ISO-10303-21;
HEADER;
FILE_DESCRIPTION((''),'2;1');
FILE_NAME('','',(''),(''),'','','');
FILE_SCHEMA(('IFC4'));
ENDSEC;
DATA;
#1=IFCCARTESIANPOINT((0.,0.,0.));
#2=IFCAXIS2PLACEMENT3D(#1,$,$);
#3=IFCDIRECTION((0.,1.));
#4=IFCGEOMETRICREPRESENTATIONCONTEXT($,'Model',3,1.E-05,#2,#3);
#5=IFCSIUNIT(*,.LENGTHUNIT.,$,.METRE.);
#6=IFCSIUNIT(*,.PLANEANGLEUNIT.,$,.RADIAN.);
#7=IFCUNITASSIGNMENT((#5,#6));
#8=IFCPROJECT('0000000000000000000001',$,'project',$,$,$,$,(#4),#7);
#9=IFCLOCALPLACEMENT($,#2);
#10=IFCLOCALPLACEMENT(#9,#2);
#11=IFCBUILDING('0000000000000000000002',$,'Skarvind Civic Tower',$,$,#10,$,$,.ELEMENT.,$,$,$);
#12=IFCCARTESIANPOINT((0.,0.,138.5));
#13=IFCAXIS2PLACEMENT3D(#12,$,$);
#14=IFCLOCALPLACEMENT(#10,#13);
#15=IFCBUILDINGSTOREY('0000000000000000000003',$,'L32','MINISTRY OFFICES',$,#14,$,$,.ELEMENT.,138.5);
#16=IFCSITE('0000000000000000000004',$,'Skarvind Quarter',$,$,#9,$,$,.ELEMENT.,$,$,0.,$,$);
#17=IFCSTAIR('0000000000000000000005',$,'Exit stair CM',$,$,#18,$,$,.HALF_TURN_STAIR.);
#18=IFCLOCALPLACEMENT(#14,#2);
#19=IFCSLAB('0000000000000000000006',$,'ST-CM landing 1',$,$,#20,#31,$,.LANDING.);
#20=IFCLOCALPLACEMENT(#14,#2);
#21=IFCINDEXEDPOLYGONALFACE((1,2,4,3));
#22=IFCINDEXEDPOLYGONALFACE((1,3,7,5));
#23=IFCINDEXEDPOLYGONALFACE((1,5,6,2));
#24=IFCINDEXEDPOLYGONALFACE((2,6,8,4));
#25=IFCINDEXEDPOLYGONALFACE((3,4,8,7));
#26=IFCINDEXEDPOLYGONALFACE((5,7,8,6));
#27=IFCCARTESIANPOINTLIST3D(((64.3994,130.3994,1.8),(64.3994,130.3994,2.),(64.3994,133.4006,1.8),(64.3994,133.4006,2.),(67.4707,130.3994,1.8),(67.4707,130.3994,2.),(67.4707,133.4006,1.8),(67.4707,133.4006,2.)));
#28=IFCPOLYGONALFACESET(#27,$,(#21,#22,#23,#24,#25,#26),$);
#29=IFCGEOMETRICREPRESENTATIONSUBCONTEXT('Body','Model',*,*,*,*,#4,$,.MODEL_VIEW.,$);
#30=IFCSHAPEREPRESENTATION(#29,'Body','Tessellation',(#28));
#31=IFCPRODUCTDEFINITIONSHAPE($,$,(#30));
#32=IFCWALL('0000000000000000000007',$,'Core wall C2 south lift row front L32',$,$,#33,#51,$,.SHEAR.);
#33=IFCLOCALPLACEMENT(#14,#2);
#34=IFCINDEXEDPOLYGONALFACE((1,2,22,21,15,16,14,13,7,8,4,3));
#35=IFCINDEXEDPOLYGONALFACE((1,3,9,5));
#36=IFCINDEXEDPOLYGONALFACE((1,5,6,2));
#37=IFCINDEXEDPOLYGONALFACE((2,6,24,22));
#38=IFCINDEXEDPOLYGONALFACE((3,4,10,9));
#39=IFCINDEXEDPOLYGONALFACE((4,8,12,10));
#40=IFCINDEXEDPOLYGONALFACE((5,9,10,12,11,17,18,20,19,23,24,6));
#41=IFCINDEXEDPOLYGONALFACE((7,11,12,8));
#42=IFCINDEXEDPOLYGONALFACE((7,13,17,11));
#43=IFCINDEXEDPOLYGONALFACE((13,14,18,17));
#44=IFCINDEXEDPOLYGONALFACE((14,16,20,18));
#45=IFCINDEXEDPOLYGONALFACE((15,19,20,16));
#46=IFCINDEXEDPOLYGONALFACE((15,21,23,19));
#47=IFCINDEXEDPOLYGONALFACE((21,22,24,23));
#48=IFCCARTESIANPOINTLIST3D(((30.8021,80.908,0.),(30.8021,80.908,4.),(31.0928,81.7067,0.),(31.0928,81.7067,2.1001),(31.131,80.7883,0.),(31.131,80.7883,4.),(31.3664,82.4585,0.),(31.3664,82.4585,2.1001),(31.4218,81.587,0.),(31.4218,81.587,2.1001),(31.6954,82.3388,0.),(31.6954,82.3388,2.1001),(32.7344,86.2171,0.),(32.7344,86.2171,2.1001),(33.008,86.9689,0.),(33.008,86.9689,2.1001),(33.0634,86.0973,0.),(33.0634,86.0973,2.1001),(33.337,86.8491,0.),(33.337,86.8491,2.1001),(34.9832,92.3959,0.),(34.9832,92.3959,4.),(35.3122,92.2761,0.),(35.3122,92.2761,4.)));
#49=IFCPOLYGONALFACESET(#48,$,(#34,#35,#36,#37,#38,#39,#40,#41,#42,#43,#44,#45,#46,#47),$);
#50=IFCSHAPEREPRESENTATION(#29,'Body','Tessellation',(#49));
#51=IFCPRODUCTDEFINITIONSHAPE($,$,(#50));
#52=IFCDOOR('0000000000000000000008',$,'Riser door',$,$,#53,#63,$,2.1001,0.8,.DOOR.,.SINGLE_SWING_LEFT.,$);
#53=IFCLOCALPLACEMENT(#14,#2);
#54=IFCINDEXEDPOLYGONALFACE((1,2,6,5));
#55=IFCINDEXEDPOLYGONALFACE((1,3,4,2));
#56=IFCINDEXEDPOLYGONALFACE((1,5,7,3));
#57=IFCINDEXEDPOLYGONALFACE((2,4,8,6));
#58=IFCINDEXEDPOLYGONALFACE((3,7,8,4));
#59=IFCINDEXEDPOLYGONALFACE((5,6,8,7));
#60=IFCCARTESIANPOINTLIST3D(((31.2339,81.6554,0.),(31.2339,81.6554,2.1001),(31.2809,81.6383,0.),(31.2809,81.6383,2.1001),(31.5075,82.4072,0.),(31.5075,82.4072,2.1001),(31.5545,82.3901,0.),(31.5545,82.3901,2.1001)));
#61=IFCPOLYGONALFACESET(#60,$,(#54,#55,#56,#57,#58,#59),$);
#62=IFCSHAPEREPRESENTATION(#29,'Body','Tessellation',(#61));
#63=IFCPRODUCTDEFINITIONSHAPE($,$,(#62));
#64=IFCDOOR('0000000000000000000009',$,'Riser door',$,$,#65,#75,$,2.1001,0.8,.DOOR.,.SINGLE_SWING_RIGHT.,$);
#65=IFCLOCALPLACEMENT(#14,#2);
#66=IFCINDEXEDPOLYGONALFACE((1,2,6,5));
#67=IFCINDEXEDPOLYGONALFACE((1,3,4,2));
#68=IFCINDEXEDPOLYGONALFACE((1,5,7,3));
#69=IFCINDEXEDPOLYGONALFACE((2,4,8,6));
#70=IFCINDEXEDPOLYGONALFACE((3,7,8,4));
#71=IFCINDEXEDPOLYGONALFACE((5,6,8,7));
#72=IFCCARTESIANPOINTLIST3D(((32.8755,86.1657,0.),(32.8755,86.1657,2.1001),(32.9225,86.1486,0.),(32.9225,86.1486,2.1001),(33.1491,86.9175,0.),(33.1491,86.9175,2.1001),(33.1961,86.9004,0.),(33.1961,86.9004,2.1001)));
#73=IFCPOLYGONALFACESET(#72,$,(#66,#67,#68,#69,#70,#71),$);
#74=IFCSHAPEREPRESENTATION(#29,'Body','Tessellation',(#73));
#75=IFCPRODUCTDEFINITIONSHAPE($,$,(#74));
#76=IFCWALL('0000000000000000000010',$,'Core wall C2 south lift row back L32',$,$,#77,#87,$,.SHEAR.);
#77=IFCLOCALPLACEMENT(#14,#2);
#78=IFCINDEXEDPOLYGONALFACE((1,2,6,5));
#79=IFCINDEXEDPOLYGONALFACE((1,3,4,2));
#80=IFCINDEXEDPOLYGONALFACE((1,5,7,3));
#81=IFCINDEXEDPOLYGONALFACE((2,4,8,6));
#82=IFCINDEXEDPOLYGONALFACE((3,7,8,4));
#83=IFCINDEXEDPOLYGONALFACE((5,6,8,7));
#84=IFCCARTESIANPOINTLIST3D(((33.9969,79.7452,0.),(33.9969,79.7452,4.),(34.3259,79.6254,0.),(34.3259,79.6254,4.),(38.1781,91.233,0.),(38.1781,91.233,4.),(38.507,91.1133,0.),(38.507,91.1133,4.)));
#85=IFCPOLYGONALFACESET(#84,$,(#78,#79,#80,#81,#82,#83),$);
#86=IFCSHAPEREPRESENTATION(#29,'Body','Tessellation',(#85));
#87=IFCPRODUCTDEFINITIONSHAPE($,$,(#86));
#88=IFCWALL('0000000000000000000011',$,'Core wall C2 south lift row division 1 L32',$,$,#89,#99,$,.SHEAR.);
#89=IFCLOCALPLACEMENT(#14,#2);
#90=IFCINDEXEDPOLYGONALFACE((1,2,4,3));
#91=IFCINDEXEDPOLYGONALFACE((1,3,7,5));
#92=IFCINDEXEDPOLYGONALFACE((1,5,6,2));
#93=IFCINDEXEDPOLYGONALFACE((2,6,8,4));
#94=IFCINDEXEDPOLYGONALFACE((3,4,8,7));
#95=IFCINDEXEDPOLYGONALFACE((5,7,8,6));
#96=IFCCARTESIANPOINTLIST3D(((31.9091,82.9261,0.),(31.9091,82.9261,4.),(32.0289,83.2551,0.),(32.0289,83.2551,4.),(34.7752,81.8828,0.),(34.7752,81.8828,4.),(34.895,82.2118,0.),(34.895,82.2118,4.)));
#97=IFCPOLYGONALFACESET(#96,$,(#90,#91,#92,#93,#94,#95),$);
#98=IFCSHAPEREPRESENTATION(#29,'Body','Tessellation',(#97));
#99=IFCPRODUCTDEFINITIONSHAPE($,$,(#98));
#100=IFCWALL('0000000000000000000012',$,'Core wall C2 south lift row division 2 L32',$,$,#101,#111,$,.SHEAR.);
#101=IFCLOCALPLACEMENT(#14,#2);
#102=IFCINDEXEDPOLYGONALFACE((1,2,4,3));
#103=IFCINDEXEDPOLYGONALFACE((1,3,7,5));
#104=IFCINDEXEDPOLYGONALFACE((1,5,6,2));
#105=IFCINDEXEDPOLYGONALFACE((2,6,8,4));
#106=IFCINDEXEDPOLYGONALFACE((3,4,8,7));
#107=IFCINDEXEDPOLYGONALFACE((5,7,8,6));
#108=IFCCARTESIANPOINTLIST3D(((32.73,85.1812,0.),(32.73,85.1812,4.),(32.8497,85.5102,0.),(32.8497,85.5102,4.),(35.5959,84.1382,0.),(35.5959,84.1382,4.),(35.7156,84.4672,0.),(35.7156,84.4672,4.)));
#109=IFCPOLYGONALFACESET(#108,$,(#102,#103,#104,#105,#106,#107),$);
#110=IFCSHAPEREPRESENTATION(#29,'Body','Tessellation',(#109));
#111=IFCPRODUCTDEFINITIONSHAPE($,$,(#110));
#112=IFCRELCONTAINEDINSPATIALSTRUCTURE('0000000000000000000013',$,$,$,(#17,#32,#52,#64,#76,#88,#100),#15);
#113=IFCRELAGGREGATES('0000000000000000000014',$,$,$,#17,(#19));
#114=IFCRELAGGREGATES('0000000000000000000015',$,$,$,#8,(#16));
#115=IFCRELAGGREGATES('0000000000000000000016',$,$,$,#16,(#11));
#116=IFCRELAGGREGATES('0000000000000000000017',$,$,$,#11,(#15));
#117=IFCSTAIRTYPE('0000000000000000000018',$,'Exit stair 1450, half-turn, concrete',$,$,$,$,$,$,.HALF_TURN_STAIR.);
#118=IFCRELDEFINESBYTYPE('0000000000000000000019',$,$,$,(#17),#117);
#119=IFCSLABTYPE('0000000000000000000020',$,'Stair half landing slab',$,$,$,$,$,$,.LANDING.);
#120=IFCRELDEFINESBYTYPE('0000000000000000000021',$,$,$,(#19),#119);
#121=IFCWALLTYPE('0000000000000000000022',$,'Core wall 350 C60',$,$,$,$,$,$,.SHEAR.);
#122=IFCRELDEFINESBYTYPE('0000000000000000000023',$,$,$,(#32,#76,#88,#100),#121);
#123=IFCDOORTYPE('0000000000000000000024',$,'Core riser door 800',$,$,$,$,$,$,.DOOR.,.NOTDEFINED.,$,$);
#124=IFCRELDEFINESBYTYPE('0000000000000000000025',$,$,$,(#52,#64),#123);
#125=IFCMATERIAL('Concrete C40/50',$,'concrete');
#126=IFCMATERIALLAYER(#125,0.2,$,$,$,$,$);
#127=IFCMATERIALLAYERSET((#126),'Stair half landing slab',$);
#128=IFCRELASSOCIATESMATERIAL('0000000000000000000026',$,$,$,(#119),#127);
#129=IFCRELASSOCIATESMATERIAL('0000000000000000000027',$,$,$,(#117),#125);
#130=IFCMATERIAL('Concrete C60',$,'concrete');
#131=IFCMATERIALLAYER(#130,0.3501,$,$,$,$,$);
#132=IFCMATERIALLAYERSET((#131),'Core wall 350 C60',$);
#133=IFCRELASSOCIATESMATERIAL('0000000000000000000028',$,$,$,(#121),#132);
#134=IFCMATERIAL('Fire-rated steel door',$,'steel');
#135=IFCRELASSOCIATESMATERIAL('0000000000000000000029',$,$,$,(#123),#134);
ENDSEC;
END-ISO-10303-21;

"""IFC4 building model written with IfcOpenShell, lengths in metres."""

from ifc_helpers import new_model, si_unit, direction, frame, frame_2d, origin, place, context, subcontext, project, spatial, polyline, rectangle, outline, extrude, material, layer, layer_set, type_object, element, fill, aggregate, save


model = new_model("IFC4")

# Units and contexts
model_context = context("Model", 3, precision=1e-05, world=origin(), true_north=direction((0.0, 1.0)))
body_context = subcontext(model_context, "Body", "Model", "MODEL_VIEW")
ifc_project = project(units=[si_unit("LENGTHUNIT", "METRE"), si_unit("PLANEANGLEUNIT", "RADIAN")], contexts=[model_context])

# Site, building, storey
site_placement = place(None, origin())
site = spatial("IfcSite", under=ifc_project, at=site_placement, Name="Skarvind Quarter", CompositionType="ELEMENT", RefElevation=0.0)
building_placement = place(site_placement, origin())
building = spatial("IfcBuilding", under=site, at=building_placement, Name="Skarvind Civic Tower", CompositionType="ELEMENT")
storey_placement = place(building_placement, frame((0.0, 0.0, 138.5)))
storey = spatial("IfcBuildingStorey", under=building, at=storey_placement, Name="L32", Description="MINISTRY OFFICES", CompositionType="ELEMENT", Elevation=138.5)

# Shared definitions
ifc_material_1 = material(Name="Concrete C40/50", Category="concrete")

# Stair, slab
ifc_layer_1 = layer(ifc_material_1, 0.2)
ifc_layer_set_1 = layer_set([ifc_layer_1], Name="Stair half landing slab")
slab_type_1 = type_object("IfcSlabType", Name="Stair half landing slab", PredefinedType="LANDING", material=ifc_layer_set_1)
stair_type_1 = type_object("IfcStairType", Name="Exit stair 1450, half-turn, concrete", PredefinedType="HALF_TURN_STAIR", material=ifc_material_1)
stair_1_placement = place(storey_placement, origin())
stair_1 = element("IfcStair", 1, at=stair_1_placement, inside=storey, type_object=stair_type_1, Name="Exit stair CM", PredefinedType="HALF_TURN_STAIR")
slab_1_placement = place(storey_placement, frame((0.0, 0.0, 1.8)))
slab_1 = element("IfcSlab", 2, at=slab_1_placement, type_object=slab_type_1, Name="ST-CM landing 1", PredefinedType="LANDING", context=body_context, shape_type="SweptSolid", body=[
    extrude(outline(polyline([(67.4707, 133.4006), (67.4707, 130.3994), (64.3994, 130.3994), (64.3994, 133.4006), (67.4707, 133.4006)])), origin(), (0.0, 0.0, 1.0), 0.2),
])
aggregate(stair_1, [slab_1])

# Wall, openings, doors
ifc_material_2 = material(Name="Concrete C60", Category="concrete")
ifc_layer_2 = layer(ifc_material_2, 0.3501)
ifc_layer_set_2 = layer_set([ifc_layer_2], Name="Core wall 350 C60")
wall_type_1 = type_object("IfcWallType", Name="Core wall 350 C60", PredefinedType="SHEAR", material=ifc_layer_set_2)
wall_1_placement = place(storey_placement, frame((30.9666, 80.8481, 0.0), z_axis=(0.0, 0.0, 1.0), x_axis=(0.342016, 0.939694, 0.0)))
wall_1 = element("IfcWall", 3, at=wall_1_placement, inside=storey, type_object=wall_type_1, Name="Core wall C2 south lift row front L32", PredefinedType="SHEAR", context=body_context, shape_type="SweptSolid", body=[
    extrude(rectangle(XDim=12.2251, YDim=0.3501, at=frame_2d((6.1125, 0.0))), origin(), (0.0, 0.0, 1.0), 4.0),
])
opening_1_placement = place(wall_1_placement, frame((0.8501, 0.0, 0.0)))
opening_1 = element("IfcOpeningElement", 4, at=opening_1_placement, cuts=wall_1, PredefinedType="OPENING", context=body_context, shape_type="SweptSolid", body=[
    extrude(rectangle(XDim=0.8, YDim=2.1001, at=frame_2d((0.3999, 1.05))), frame((0.0, 0.1851, 0.0), z_axis=(0.0, -1.0, 0.0), x_axis=(1.0, 0.0, 0.0)), (0.0, 0.0, 1.0), 0.3701),
])
opening_2_placement = place(wall_1_placement, frame((5.6499, 0.0, 0.0)))
opening_2 = element("IfcOpeningElement", 5, at=opening_2_placement, cuts=wall_1, PredefinedType="OPENING", context=body_context, shape_type="SweptSolid", body=[
    extrude(rectangle(XDim=0.8, YDim=2.1001, at=frame_2d((0.3999, 1.05))), frame((0.0, 0.1851, 0.0), z_axis=(0.0, -1.0, 0.0), x_axis=(1.0, 0.0, 0.0)), (0.0, 0.0, 1.0), 0.3701),
])
ifc_material_3 = material(Name="Fire-rated steel door", Category="steel")
door_type_1 = type_object("IfcDoorType", Name="Core riser door 800", OperationType="NOTDEFINED", PredefinedType="DOOR", material=ifc_material_3)
door_1_placement = place(opening_1_placement, origin())
door_1 = element("IfcDoor", 6, at=door_1_placement, inside=storey, type_object=door_type_1, Name="Riser door", OperationType="SINGLE_SWING_LEFT", OverallHeight=2.1001, OverallWidth=0.8, PredefinedType="DOOR", context=body_context, shape_type="SweptSolid", body=[
    extrude(rectangle(XDim=0.8, YDim=2.1001, at=frame_2d((0.3999, 1.05))), frame((0.0, 0.0249, 0.0), z_axis=(0.0, -1.0, 0.0), x_axis=(1.0, 0.0, 0.0)), (0.0, 0.0, 1.0), 0.05),
])
fill(opening_1, door_1)
door_2_placement = place(opening_2_placement, origin())
door_2 = element("IfcDoor", 7, at=door_2_placement, inside=storey, type_object=door_type_1, Name="Riser door", OperationType="SINGLE_SWING_RIGHT", OverallHeight=2.1001, OverallWidth=0.8, PredefinedType="DOOR", context=body_context, shape_type="SweptSolid", body=[
    extrude(rectangle(XDim=0.8, YDim=2.1001, at=frame_2d((0.3999, 1.05))), frame((0.0, 0.0249, 0.0), z_axis=(0.0, -1.0, 0.0), x_axis=(1.0, 0.0, 0.0)), (0.0, 0.0, 1.0), 0.05),
])
fill(opening_2, door_2)

# Walls
wall_2_placement = place(storey_placement, frame((34.1614, 79.6853, 0.0), z_axis=(0.0, 0.0, 1.0), x_axis=(0.342016, 0.939694, 0.0)))
element("IfcWall", 8, at=wall_2_placement, inside=storey, type_object=wall_type_1, Name="Core wall C2 south lift row back L32", PredefinedType="SHEAR", context=body_context, shape_type="SweptSolid", body=[
    extrude(rectangle(XDim=12.2251, YDim=0.3501, at=frame_2d((6.1125, 0.0))), origin(), (0.0, 0.0, 1.0), 4.0),
])
wall_3_placement = place(storey_placement, frame((34.835, 82.0474, 0.0), z_axis=(0.0, 0.0, 1.0), x_axis=(-0.939684, 0.342045, 0.0)))
element("IfcWall", 9, at=wall_3_placement, inside=storey, type_object=wall_type_1, Name="Core wall C2 south lift row division 1 L32", PredefinedType="SHEAR", context=body_context, shape_type="SweptSolid", body=[
    extrude(rectangle(XDim=3.05, YDim=0.3501, at=frame_2d((1.5249, 0.0))), origin(), (0.0, 0.0, 1.0), 4.0),
])
wall_4_placement = place(storey_placement, frame((35.6558, 84.3027, 0.0), z_axis=(0.0, 0.0, 1.0), x_axis=(-0.939709, 0.341974, 0.0)))
element("IfcWall", 10, at=wall_4_placement, inside=storey, type_object=wall_type_1, Name="Core wall C2 south lift row division 2 L32", PredefinedType="SHEAR", context=body_context, shape_type="SweptSolid", body=[
    extrude(rectangle(XDim=3.0498, YDim=0.3501, at=frame_2d((1.5249, 0.0))), origin(), (0.0, 0.0, 1.0), 4.0),
])

save(model, "model.ifc")
